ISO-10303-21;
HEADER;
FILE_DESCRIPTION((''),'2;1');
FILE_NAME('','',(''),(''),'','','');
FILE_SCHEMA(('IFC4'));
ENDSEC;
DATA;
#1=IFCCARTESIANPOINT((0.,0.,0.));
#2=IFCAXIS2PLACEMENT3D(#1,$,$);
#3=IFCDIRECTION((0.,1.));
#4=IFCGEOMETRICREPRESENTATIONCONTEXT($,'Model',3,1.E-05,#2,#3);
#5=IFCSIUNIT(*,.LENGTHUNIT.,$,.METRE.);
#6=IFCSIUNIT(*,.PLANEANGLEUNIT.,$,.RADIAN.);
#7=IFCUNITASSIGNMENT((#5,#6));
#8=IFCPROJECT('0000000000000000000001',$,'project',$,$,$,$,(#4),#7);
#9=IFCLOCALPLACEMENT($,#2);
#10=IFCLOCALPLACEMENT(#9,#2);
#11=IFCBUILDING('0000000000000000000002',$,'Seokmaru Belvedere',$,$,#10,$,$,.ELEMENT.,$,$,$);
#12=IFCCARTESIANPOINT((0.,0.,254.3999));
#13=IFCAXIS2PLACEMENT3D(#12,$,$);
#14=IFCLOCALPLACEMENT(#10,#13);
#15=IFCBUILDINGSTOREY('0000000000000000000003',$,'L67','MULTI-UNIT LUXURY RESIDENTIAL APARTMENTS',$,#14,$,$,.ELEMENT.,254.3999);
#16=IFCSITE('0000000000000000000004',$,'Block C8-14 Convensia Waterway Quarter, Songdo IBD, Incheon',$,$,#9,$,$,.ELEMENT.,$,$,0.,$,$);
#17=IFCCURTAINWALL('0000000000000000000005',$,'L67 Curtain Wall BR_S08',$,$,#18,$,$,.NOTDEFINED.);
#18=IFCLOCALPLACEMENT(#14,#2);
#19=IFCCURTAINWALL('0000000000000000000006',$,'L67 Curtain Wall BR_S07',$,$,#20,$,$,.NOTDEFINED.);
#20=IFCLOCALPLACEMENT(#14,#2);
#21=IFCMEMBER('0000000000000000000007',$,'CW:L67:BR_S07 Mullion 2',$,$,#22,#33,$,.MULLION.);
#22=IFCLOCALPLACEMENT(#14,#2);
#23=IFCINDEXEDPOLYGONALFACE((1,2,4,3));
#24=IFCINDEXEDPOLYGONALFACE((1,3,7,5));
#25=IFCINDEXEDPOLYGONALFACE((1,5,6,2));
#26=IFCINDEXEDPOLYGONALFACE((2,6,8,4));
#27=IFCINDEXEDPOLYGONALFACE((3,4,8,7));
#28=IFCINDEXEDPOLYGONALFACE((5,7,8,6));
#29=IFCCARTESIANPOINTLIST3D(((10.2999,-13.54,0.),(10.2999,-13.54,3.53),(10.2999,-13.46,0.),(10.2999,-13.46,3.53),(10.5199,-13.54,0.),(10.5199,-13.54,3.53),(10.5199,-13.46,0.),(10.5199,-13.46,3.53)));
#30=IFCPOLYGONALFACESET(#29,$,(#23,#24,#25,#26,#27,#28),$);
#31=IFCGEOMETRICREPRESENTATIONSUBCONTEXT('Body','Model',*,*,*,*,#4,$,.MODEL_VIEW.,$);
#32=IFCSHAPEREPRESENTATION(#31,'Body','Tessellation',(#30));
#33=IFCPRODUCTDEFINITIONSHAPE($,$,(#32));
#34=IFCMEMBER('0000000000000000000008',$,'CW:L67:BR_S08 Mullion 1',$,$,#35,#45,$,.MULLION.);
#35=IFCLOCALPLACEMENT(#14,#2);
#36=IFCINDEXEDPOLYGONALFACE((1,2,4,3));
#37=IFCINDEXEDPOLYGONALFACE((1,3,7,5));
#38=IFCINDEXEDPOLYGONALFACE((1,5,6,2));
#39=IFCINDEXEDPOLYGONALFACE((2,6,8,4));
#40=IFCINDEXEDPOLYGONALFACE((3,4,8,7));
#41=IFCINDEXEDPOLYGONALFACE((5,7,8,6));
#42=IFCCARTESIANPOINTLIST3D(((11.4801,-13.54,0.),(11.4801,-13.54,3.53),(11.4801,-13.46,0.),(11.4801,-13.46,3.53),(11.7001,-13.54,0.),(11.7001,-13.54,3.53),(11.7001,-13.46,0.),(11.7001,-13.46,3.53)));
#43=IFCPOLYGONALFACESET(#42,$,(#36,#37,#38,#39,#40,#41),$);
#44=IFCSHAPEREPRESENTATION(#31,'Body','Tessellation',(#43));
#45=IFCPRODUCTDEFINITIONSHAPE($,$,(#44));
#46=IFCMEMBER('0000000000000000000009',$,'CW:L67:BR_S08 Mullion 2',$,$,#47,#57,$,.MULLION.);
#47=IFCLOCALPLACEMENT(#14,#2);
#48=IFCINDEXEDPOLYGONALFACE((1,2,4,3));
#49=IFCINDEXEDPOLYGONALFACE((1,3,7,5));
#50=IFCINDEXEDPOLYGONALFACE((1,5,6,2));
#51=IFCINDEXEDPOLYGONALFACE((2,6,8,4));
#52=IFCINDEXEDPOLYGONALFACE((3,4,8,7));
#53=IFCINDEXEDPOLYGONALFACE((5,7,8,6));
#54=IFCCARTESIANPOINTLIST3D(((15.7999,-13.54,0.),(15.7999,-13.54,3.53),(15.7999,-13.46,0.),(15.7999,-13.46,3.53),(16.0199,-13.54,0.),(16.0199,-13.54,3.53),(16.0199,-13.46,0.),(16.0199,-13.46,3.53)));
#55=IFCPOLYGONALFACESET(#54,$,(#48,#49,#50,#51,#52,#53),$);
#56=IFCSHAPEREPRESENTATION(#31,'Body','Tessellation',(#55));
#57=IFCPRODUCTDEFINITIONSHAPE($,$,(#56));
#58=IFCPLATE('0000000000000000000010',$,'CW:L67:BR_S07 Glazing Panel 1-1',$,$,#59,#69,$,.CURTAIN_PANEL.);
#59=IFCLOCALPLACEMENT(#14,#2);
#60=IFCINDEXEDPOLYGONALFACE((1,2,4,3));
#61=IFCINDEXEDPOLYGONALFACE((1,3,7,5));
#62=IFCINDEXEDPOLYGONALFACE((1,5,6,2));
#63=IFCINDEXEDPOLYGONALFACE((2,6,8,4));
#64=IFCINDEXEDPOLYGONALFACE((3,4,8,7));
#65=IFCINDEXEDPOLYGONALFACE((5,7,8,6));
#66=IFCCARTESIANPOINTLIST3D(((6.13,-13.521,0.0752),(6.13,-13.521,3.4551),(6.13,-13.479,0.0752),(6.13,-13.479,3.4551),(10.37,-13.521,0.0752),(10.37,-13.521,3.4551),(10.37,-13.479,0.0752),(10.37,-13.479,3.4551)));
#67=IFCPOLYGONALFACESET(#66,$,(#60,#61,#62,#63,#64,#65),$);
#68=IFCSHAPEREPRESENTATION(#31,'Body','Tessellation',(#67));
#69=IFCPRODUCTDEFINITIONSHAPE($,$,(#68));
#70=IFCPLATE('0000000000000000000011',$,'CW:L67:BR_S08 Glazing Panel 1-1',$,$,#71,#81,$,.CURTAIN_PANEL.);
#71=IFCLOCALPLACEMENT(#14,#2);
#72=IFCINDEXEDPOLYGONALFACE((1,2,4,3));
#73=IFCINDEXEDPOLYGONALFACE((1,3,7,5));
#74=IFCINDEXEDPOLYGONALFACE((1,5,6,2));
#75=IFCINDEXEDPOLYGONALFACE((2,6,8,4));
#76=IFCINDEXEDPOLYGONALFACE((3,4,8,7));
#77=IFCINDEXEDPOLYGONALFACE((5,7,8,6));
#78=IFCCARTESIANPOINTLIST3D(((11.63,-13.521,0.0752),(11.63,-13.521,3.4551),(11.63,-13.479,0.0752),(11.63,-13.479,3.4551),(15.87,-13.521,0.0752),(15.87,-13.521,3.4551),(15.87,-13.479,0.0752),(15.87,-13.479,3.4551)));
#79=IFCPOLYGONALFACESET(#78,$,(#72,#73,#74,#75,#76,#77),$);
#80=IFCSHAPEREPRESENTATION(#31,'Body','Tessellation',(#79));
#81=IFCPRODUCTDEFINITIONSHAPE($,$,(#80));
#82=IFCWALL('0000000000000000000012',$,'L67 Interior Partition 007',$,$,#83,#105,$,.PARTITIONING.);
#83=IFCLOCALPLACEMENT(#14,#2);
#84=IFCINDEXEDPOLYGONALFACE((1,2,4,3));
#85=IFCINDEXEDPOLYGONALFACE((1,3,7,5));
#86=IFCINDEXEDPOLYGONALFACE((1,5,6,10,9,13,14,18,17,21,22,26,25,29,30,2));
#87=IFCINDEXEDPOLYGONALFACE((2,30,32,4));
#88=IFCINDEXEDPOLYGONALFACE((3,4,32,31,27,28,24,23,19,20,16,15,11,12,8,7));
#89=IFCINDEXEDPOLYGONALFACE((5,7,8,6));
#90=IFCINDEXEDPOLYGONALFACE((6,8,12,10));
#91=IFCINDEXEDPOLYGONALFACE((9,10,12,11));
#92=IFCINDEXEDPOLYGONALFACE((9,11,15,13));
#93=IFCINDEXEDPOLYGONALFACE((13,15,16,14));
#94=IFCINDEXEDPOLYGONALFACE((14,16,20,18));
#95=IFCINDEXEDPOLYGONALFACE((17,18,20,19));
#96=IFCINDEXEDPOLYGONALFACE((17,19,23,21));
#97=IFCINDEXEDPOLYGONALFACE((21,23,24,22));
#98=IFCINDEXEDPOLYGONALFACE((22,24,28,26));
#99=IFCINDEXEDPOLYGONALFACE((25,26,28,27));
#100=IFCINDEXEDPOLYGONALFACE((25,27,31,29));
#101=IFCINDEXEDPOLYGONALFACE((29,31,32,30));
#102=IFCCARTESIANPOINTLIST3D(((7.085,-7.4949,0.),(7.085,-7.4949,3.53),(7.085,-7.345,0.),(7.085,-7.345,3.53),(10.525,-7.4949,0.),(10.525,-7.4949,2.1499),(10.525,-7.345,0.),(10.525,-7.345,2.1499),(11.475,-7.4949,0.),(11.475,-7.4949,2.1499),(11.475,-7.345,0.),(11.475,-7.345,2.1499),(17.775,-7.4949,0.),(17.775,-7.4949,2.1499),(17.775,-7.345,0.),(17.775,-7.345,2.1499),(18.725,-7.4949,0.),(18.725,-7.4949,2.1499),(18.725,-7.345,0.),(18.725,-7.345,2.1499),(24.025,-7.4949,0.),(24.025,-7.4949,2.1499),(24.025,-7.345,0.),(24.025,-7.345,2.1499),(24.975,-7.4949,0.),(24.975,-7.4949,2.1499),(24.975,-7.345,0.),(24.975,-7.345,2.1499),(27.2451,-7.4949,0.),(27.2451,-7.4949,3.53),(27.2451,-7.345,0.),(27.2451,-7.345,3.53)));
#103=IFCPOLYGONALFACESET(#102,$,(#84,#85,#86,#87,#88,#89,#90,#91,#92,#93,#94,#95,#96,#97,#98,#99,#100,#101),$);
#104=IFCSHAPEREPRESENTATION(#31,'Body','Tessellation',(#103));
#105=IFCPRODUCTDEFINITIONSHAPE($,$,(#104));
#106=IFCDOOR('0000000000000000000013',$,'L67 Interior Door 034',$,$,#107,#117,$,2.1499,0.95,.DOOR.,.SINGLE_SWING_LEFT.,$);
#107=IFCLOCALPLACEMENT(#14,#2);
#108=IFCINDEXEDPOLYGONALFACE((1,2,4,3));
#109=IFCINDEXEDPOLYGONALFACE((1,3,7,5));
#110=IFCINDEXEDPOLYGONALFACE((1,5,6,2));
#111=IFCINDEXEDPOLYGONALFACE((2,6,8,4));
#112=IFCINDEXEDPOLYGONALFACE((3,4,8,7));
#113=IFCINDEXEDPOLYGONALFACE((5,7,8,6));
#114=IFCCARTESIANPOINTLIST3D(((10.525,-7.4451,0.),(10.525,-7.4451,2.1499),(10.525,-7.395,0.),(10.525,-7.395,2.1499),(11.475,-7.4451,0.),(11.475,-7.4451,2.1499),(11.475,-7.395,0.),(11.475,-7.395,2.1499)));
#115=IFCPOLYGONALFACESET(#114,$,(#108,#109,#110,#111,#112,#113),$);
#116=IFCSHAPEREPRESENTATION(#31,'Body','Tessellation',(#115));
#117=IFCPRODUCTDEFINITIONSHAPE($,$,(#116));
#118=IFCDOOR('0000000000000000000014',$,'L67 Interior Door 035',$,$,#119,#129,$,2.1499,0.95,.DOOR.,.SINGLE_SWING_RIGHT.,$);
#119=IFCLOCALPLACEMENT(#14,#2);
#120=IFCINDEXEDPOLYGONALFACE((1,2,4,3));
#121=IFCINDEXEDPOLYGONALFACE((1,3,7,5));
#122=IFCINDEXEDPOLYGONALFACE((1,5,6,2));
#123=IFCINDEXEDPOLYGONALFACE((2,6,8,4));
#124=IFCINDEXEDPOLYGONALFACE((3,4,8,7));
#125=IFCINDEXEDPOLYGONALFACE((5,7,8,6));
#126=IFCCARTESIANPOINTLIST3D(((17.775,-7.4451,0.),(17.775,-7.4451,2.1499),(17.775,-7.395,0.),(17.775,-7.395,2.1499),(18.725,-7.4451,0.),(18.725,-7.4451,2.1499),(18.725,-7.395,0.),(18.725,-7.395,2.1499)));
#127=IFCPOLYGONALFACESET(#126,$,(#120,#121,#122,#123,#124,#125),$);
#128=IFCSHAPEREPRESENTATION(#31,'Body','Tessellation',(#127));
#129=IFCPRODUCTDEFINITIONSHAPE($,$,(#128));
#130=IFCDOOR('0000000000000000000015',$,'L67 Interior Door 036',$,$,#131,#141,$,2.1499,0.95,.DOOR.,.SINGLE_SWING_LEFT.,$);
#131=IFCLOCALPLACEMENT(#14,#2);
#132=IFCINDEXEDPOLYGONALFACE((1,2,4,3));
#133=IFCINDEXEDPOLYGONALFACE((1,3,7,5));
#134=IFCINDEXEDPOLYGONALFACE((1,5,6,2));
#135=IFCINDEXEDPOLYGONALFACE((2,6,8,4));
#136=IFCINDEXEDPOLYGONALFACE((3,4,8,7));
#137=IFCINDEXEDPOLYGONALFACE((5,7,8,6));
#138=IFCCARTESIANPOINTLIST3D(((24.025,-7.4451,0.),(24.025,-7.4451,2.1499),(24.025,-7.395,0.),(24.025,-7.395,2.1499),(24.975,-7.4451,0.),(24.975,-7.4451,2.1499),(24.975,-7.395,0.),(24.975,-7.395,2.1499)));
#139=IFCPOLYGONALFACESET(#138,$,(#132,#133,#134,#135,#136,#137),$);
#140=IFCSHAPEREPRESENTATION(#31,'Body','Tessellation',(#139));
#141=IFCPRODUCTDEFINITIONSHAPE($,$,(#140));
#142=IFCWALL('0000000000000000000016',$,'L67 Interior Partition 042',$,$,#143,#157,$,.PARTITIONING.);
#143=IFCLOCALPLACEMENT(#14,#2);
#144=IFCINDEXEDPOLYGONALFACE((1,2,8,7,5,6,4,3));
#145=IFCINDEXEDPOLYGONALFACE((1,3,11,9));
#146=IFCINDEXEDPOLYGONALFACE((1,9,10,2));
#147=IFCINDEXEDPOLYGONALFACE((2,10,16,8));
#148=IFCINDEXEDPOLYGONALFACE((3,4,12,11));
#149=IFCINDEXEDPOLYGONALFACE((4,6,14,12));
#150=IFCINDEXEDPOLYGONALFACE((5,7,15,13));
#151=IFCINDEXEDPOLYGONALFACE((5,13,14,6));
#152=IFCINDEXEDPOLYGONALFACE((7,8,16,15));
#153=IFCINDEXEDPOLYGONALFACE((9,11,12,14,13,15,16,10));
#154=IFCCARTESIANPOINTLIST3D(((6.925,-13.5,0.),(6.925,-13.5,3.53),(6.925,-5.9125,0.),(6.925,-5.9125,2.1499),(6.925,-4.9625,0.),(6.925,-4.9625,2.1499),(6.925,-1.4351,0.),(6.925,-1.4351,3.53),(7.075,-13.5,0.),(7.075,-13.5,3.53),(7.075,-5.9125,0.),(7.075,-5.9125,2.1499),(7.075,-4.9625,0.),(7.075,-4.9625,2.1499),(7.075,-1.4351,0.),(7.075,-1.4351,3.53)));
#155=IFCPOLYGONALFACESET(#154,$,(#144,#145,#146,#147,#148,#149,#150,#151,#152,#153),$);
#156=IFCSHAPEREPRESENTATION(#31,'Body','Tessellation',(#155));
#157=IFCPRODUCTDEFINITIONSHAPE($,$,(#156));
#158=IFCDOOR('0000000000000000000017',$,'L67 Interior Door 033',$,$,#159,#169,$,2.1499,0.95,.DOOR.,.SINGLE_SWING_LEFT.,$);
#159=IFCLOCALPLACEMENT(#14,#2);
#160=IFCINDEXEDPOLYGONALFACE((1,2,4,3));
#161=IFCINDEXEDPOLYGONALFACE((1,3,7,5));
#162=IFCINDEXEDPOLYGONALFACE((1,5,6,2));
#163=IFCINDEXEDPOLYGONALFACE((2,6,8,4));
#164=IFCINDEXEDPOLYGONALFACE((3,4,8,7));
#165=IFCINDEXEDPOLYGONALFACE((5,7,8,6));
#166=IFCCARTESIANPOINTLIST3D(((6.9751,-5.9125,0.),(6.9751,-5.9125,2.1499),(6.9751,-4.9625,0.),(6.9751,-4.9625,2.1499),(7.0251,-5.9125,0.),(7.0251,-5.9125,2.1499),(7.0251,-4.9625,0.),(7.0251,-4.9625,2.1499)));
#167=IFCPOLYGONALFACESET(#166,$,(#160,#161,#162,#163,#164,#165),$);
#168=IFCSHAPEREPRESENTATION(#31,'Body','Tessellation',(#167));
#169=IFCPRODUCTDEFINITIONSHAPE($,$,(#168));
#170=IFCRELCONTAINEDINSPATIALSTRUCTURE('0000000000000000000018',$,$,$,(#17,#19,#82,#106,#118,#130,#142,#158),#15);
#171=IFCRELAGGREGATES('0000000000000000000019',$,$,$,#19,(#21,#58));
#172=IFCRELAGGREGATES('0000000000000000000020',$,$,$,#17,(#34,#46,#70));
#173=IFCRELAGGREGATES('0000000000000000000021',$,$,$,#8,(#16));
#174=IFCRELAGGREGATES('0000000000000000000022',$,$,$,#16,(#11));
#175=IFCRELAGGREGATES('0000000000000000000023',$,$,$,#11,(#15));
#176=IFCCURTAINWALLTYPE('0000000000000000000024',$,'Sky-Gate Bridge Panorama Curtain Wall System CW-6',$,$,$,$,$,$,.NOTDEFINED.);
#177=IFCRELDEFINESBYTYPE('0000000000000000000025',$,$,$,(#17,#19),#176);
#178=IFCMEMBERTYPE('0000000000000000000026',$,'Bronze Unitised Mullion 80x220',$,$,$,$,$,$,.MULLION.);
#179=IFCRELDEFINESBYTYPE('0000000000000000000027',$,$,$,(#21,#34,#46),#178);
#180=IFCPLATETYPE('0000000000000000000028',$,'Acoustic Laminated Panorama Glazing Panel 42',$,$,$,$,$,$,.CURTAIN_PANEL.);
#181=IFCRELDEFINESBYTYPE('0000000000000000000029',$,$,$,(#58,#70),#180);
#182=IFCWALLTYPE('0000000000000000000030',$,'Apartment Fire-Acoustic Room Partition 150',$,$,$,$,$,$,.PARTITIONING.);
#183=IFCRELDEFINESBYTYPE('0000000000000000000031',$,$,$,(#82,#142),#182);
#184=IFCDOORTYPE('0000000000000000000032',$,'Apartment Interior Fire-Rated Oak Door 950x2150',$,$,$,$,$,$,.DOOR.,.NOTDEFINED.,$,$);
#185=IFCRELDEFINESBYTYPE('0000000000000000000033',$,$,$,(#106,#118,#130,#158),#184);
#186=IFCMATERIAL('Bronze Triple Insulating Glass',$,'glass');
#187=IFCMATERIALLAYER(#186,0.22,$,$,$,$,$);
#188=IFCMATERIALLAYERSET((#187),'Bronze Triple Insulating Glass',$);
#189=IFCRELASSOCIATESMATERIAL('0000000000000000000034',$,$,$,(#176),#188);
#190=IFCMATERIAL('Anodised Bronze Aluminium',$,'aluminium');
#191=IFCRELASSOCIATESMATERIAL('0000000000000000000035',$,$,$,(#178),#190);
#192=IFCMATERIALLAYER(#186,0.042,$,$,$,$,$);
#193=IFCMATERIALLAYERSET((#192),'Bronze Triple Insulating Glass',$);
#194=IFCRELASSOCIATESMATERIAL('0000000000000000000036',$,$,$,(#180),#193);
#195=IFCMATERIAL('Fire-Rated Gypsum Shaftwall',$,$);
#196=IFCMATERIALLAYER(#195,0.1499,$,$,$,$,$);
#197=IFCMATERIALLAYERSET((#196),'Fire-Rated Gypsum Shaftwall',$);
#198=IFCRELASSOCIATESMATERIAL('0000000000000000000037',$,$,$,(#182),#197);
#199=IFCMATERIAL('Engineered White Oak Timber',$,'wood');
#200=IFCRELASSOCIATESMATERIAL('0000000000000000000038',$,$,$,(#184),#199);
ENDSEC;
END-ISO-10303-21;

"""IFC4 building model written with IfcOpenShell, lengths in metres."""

from ifc_helpers import new_model, si_unit, direction, frame, frame_2d, origin, origin_2d, place, context, subcontext, project, spatial, rectangle, extrude, source, transform, mapped, material, layer, layer_set, material_profile, profile_set, type_object, type_shapes, element, fill, aggregate, save


model = new_model("IFC4")

# Units and contexts
model_context = context("Model", 3, precision=1e-05, world=origin(), true_north=direction((0.0, 1.0)))
body_context = subcontext(model_context, "Body", "Model", "MODEL_VIEW")
ifc_project = project(units=[si_unit("LENGTHUNIT", "METRE"), si_unit("PLANEANGLEUNIT", "RADIAN")], contexts=[model_context])

# Site, building, storey
site_placement = place(None, origin())
site = spatial("IfcSite", under=ifc_project, at=site_placement, Name="Block C8-14 Convensia Waterway Quarter, Songdo IBD, Incheon", CompositionType="ELEMENT", RefElevation=0.0)
building_placement = place(site_placement, origin())
building = spatial("IfcBuilding", under=site, at=building_placement, Name="Seokmaru Belvedere", CompositionType="ELEMENT")
storey_placement = place(building_placement, frame((0.0, 0.0, 254.3999)))
storey = spatial("IfcBuildingStorey", under=building, at=storey_placement, Name="L67", Description="MULTI-UNIT LUXURY RESIDENTIAL APARTMENTS", CompositionType="ELEMENT", Elevation=254.3999)

# Curtain wall
ifc_material_1 = material(Name="Bronze Triple Insulating Glass", Category="glass")
ifc_layer_1 = layer(ifc_material_1, 0.22)
ifc_layer_set_1 = layer_set([ifc_layer_1], Name="Bronze Triple Insulating Glass")
curtain_wall_type = type_object("IfcCurtainWallType", Name="Sky-Gate Bridge Panorama Curtain Wall System CW-6", PredefinedType="NOTDEFINED", material=ifc_layer_set_1)
curtain_wall_1_placement = place(storey_placement, origin())
curtain_wall_1 = element("IfcCurtainWall", 1, at=curtain_wall_1_placement, inside=storey, type_object=curtain_wall_type, Name="L67 Curtain Wall BR_S08", PredefinedType="NOTDEFINED")
ifc_material_2 = material(Name="Anodised Bronze Aluminium", Category="aluminium")

# Curtain wall, member
curtain_wall_2_placement = place(storey_placement, origin())
curtain_wall_2 = element("IfcCurtainWall", 2, at=curtain_wall_2_placement, inside=storey, type_object=curtain_wall_type, Name="L67 Curtain Wall BR_S07", PredefinedType="NOTDEFINED")
ifc_material_profile_1 = material_profile(ifc_material_2, rectangle(XDim=0.0801, YDim=0.22, at=origin_2d()), Name="CW-M-80x220")
ifc_profile_set_1 = profile_set([ifc_material_profile_1], Name="Anodised Bronze Aluminium")
member_type_1 = type_object("IfcMemberType", Name="Bronze Unitised Mullion 80x220", PredefinedType="MULLION", material=ifc_profile_set_1)
shared_shape_1 = source(origin(), body_context, "Body", "SweptSolid", [
    extrude(rectangle(XDim=0.0801, YDim=0.22, at=origin_2d()), origin(), (0.0, 0.0, 1.0), 3.53),
])
type_shapes(member_type_1, [shared_shape_1])
member_1_placement = place(storey_placement, frame((10.4099, -13.5, 0.0), z_axis=(0.0, 0.0, 1.0), x_axis=(0.0, 1.0, 0.0)))
member_1 = element("IfcMember", 3, at=member_1_placement, type_object=member_type_1, Name="CW:L67:BR_S07 Mullion 2", PredefinedType="MULLION", context=body_context, shape_type="MappedRepresentation", body=[
    mapped(shared_shape_1, transform((0.0, 0.0, 0.0), scale=1.0)),
])

# Members
member_2_placement = place(storey_placement, frame((11.5901, -13.5, 0.0), z_axis=(0.0, 0.0, 1.0), x_axis=(0.0, 1.0, 0.0)))
member_2 = element("IfcMember", 4, at=member_2_placement, type_object=member_type_1, Name="CW:L67:BR_S08 Mullion 1", PredefinedType="MULLION", context=body_context, shape_type="MappedRepresentation", body=[
    mapped(shared_shape_1, transform((0.0, 0.0, 0.0), scale=1.0)),
])
member_3_placement = place(storey_placement, frame((15.9099, -13.5, 0.0), z_axis=(0.0, 0.0, 1.0), x_axis=(0.0, 1.0, 0.0)))
member_3 = element("IfcMember", 5, at=member_3_placement, type_object=member_type_1, Name="CW:L67:BR_S08 Mullion 2", PredefinedType="MULLION", context=body_context, shape_type="MappedRepresentation", body=[
    mapped(shared_shape_1, transform((0.0, 0.0, 0.0), scale=1.0)),
])

# Plates
ifc_layer_2 = layer(ifc_material_1, 0.042)
ifc_layer_set_2 = layer_set([ifc_layer_2], Name="Bronze Triple Insulating Glass")
plate_type = type_object("IfcPlateType", Name="Acoustic Laminated Panorama Glazing Panel 42", PredefinedType="CURTAIN_PANEL", material=ifc_layer_set_2)
shared_shape_2 = source(origin(), body_context, "Body", "SweptSolid", [
    extrude(rectangle(XDim=4.24, YDim=0.042, at=origin_2d()), origin(), (0.0, 0.0, 1.0), 3.3799),
])
type_shapes(plate_type, [shared_shape_2])
plate_1_placement = place(storey_placement, frame((8.25, -13.5, 0.0752), z_axis=(0.0, 0.0, 1.0), x_axis=(1.0, 0.0, 0.0)))
plate_1 = element("IfcPlate", 6, at=plate_1_placement, type_object=plate_type, Name="CW:L67:BR_S07 Glazing Panel 1-1", PredefinedType="CURTAIN_PANEL", context=body_context, shape_type="MappedRepresentation", body=[
    mapped(shared_shape_2, transform((0.0, 0.0, 0.0), scale=1.0)),
])
aggregate(curtain_wall_2, [member_1, plate_1])
plate_2_placement = place(storey_placement, frame((13.75, -13.5, 0.0752), z_axis=(0.0, 0.0, 1.0), x_axis=(1.0, 0.0, 0.0)))
plate_2 = element("IfcPlate", 7, at=plate_2_placement, type_object=plate_type, Name="CW:L67:BR_S08 Glazing Panel 1-1", PredefinedType="CURTAIN_PANEL", context=body_context, shape_type="MappedRepresentation", body=[
    mapped(shared_shape_2, transform((0.0, 0.0, 0.0), scale=1.0)),
])
aggregate(curtain_wall_1, [member_2, member_3, plate_2])

# Wall, openings, doors
ifc_material_3 = material(Name="Fire-Rated Gypsum Shaftwall")
ifc_layer_3 = layer(ifc_material_3, 0.1499)
ifc_layer_set_3 = layer_set([ifc_layer_3], Name="Fire-Rated Gypsum Shaftwall")
wall_type_1 = type_object("IfcWallType", Name="Apartment Fire-Acoustic Room Partition 150", PredefinedType="PARTITIONING", material=ifc_layer_set_3)
wall_1_placement = place(storey_placement, frame((7.085, -7.4199, 0.0), z_axis=(0.0, 0.0, 1.0), x_axis=(1.0, 0.0, 0.0)))
wall_1 = element("IfcWall", 8, at=wall_1_placement, inside=storey, type_object=wall_type_1, Name="L67 Interior Partition 007", PredefinedType="PARTITIONING", context=body_context, shape_type="SweptSolid", body=[
    extrude(rectangle(XDim=20.1602, YDim=0.1499, at=frame_2d((10.0801, 0.0))), origin(), (0.0, 0.0, 1.0), 3.53),
])
opening_1_placement = place(wall_1_placement, frame((3.4399, 0.0, 0.0)))
opening_1 = element("IfcOpeningElement", 9, at=opening_1_placement, cuts=wall_1, PredefinedType="OPENING", context=body_context, shape_type="SweptSolid", body=[
    extrude(rectangle(XDim=0.95, YDim=2.1499, at=frame_2d((0.4751, 1.075))), frame((0.0, 0.085, 0.0), z_axis=(0.0, -1.0, 0.0), x_axis=(1.0, 0.0, 0.0)), (0.0, 0.0, 1.0), 0.1699),
])
opening_2_placement = place(wall_1_placement, frame((10.6899, 0.0, 0.0)))
opening_2 = element("IfcOpeningElement", 10, at=opening_2_placement, cuts=wall_1, PredefinedType="OPENING", context=body_context, shape_type="SweptSolid", body=[
    extrude(rectangle(XDim=0.95, YDim=2.1499, at=frame_2d((0.4751, 1.075))), frame((0.0, 0.085, 0.0), z_axis=(0.0, -1.0, 0.0), x_axis=(1.0, 0.0, 0.0)), (0.0, 0.0, 1.0), 0.1699),
])
opening_3_placement = place(wall_1_placement, frame((16.9399, 0.0, 0.0)))
opening_3 = element("IfcOpeningElement", 11, at=opening_3_placement, cuts=wall_1, PredefinedType="OPENING", context=body_context, shape_type="SweptSolid", body=[
    extrude(rectangle(XDim=0.95, YDim=2.1499, at=frame_2d((0.4751, 1.075))), frame((0.0, 0.085, 0.0), z_axis=(0.0, -1.0, 0.0), x_axis=(1.0, 0.0, 0.0)), (0.0, 0.0, 1.0), 0.1699),
])
ifc_material_4 = material(Name="Engineered White Oak Timber", Category="wood")
door_type = type_object("IfcDoorType", Name="Apartment Interior Fire-Rated Oak Door 950x2150", OperationType="NOTDEFINED", PredefinedType="DOOR", material=ifc_material_4)
shared_shape_3 = source(origin(), body_context, "Body", "SweptSolid", [
    extrude(rectangle(XDim=0.95, YDim=2.1499, at=frame_2d((0.4751, 1.075))), frame((0.0, 0.0249, 0.0), z_axis=(0.0, -1.0, 0.0), x_axis=(1.0, 0.0, 0.0)), (0.0, 0.0, 1.0), 0.05),
])
type_shapes(door_type, [shared_shape_3])
door_1_placement = place(opening_1_placement, origin())
door_1 = element("IfcDoor", 12, at=door_1_placement, inside=storey, type_object=door_type, Name="L67 Interior Door 034", OperationType="SINGLE_SWING_LEFT", OverallHeight=2.1499, OverallWidth=0.95, PredefinedType="DOOR", context=body_context, shape_type="MappedRepresentation", body=[
    mapped(shared_shape_3, transform((0.0, 0.0, 0.0), scale=1.0)),
])
fill(opening_1, door_1)
door_2_placement = place(opening_2_placement, origin())
door_2 = element("IfcDoor", 13, at=door_2_placement, inside=storey, type_object=door_type, Name="L67 Interior Door 035", OperationType="SINGLE_SWING_RIGHT", OverallHeight=2.1499, OverallWidth=0.95, PredefinedType="DOOR", context=body_context, shape_type="MappedRepresentation", body=[
    mapped(shared_shape_3, transform((0.0, 0.0, 0.0), scale=1.0)),
])
fill(opening_2, door_2)
door_3_placement = place(opening_3_placement, origin())
door_3 = element("IfcDoor", 14, at=door_3_placement, inside=storey, type_object=door_type, Name="L67 Interior Door 036", OperationType="SINGLE_SWING_LEFT", OverallHeight=2.1499, OverallWidth=0.95, PredefinedType="DOOR", context=body_context, shape_type="MappedRepresentation", body=[
    mapped(shared_shape_3, transform((0.0, 0.0, 0.0), scale=1.0)),
])
fill(opening_3, door_3)

# Wall, opening, door
wall_2_placement = place(storey_placement, frame((7.0, -13.5, 0.0), z_axis=(0.0, 0.0, 1.0), x_axis=(0.0, 1.0, 0.0)))
wall_2 = element("IfcWall", 15, at=wall_2_placement, inside=storey, type_object=wall_type_1, Name="L67 Interior Partition 042", PredefinedType="PARTITIONING", context=body_context, shape_type="SweptSolid", body=[
    extrude(rectangle(XDim=12.0649, YDim=0.1499, at=frame_2d((6.0325, 0.0))), origin(), (0.0, 0.0, 1.0), 3.53),
])
opening_4_placement = place(wall_2_placement, frame((7.5874, 0.0, 0.0)))
opening_4 = element("IfcOpeningElement", 16, at=opening_4_placement, cuts=wall_2, PredefinedType="OPENING", context=body_context, shape_type="SweptSolid", body=[
    extrude(rectangle(XDim=0.95, YDim=2.1499, at=frame_2d((0.4751, 1.075))), frame((0.0, 0.085, 0.0), z_axis=(0.0, -1.0, 0.0), x_axis=(1.0, 0.0, 0.0)), (0.0, 0.0, 1.0), 0.1699),
])
door_4_placement = place(opening_4_placement, origin())
door_4 = element("IfcDoor", 17, at=door_4_placement, inside=storey, type_object=door_type, Name="L67 Interior Door 033", OperationType="SINGLE_SWING_LEFT", OverallHeight=2.1499, OverallWidth=0.95, PredefinedType="DOOR", context=body_context, shape_type="MappedRepresentation", body=[
    mapped(shared_shape_3, transform((0.0, 0.0, 0.0), scale=1.0)),
])
fill(opening_4, door_4)

save(model, "model.ifc")
